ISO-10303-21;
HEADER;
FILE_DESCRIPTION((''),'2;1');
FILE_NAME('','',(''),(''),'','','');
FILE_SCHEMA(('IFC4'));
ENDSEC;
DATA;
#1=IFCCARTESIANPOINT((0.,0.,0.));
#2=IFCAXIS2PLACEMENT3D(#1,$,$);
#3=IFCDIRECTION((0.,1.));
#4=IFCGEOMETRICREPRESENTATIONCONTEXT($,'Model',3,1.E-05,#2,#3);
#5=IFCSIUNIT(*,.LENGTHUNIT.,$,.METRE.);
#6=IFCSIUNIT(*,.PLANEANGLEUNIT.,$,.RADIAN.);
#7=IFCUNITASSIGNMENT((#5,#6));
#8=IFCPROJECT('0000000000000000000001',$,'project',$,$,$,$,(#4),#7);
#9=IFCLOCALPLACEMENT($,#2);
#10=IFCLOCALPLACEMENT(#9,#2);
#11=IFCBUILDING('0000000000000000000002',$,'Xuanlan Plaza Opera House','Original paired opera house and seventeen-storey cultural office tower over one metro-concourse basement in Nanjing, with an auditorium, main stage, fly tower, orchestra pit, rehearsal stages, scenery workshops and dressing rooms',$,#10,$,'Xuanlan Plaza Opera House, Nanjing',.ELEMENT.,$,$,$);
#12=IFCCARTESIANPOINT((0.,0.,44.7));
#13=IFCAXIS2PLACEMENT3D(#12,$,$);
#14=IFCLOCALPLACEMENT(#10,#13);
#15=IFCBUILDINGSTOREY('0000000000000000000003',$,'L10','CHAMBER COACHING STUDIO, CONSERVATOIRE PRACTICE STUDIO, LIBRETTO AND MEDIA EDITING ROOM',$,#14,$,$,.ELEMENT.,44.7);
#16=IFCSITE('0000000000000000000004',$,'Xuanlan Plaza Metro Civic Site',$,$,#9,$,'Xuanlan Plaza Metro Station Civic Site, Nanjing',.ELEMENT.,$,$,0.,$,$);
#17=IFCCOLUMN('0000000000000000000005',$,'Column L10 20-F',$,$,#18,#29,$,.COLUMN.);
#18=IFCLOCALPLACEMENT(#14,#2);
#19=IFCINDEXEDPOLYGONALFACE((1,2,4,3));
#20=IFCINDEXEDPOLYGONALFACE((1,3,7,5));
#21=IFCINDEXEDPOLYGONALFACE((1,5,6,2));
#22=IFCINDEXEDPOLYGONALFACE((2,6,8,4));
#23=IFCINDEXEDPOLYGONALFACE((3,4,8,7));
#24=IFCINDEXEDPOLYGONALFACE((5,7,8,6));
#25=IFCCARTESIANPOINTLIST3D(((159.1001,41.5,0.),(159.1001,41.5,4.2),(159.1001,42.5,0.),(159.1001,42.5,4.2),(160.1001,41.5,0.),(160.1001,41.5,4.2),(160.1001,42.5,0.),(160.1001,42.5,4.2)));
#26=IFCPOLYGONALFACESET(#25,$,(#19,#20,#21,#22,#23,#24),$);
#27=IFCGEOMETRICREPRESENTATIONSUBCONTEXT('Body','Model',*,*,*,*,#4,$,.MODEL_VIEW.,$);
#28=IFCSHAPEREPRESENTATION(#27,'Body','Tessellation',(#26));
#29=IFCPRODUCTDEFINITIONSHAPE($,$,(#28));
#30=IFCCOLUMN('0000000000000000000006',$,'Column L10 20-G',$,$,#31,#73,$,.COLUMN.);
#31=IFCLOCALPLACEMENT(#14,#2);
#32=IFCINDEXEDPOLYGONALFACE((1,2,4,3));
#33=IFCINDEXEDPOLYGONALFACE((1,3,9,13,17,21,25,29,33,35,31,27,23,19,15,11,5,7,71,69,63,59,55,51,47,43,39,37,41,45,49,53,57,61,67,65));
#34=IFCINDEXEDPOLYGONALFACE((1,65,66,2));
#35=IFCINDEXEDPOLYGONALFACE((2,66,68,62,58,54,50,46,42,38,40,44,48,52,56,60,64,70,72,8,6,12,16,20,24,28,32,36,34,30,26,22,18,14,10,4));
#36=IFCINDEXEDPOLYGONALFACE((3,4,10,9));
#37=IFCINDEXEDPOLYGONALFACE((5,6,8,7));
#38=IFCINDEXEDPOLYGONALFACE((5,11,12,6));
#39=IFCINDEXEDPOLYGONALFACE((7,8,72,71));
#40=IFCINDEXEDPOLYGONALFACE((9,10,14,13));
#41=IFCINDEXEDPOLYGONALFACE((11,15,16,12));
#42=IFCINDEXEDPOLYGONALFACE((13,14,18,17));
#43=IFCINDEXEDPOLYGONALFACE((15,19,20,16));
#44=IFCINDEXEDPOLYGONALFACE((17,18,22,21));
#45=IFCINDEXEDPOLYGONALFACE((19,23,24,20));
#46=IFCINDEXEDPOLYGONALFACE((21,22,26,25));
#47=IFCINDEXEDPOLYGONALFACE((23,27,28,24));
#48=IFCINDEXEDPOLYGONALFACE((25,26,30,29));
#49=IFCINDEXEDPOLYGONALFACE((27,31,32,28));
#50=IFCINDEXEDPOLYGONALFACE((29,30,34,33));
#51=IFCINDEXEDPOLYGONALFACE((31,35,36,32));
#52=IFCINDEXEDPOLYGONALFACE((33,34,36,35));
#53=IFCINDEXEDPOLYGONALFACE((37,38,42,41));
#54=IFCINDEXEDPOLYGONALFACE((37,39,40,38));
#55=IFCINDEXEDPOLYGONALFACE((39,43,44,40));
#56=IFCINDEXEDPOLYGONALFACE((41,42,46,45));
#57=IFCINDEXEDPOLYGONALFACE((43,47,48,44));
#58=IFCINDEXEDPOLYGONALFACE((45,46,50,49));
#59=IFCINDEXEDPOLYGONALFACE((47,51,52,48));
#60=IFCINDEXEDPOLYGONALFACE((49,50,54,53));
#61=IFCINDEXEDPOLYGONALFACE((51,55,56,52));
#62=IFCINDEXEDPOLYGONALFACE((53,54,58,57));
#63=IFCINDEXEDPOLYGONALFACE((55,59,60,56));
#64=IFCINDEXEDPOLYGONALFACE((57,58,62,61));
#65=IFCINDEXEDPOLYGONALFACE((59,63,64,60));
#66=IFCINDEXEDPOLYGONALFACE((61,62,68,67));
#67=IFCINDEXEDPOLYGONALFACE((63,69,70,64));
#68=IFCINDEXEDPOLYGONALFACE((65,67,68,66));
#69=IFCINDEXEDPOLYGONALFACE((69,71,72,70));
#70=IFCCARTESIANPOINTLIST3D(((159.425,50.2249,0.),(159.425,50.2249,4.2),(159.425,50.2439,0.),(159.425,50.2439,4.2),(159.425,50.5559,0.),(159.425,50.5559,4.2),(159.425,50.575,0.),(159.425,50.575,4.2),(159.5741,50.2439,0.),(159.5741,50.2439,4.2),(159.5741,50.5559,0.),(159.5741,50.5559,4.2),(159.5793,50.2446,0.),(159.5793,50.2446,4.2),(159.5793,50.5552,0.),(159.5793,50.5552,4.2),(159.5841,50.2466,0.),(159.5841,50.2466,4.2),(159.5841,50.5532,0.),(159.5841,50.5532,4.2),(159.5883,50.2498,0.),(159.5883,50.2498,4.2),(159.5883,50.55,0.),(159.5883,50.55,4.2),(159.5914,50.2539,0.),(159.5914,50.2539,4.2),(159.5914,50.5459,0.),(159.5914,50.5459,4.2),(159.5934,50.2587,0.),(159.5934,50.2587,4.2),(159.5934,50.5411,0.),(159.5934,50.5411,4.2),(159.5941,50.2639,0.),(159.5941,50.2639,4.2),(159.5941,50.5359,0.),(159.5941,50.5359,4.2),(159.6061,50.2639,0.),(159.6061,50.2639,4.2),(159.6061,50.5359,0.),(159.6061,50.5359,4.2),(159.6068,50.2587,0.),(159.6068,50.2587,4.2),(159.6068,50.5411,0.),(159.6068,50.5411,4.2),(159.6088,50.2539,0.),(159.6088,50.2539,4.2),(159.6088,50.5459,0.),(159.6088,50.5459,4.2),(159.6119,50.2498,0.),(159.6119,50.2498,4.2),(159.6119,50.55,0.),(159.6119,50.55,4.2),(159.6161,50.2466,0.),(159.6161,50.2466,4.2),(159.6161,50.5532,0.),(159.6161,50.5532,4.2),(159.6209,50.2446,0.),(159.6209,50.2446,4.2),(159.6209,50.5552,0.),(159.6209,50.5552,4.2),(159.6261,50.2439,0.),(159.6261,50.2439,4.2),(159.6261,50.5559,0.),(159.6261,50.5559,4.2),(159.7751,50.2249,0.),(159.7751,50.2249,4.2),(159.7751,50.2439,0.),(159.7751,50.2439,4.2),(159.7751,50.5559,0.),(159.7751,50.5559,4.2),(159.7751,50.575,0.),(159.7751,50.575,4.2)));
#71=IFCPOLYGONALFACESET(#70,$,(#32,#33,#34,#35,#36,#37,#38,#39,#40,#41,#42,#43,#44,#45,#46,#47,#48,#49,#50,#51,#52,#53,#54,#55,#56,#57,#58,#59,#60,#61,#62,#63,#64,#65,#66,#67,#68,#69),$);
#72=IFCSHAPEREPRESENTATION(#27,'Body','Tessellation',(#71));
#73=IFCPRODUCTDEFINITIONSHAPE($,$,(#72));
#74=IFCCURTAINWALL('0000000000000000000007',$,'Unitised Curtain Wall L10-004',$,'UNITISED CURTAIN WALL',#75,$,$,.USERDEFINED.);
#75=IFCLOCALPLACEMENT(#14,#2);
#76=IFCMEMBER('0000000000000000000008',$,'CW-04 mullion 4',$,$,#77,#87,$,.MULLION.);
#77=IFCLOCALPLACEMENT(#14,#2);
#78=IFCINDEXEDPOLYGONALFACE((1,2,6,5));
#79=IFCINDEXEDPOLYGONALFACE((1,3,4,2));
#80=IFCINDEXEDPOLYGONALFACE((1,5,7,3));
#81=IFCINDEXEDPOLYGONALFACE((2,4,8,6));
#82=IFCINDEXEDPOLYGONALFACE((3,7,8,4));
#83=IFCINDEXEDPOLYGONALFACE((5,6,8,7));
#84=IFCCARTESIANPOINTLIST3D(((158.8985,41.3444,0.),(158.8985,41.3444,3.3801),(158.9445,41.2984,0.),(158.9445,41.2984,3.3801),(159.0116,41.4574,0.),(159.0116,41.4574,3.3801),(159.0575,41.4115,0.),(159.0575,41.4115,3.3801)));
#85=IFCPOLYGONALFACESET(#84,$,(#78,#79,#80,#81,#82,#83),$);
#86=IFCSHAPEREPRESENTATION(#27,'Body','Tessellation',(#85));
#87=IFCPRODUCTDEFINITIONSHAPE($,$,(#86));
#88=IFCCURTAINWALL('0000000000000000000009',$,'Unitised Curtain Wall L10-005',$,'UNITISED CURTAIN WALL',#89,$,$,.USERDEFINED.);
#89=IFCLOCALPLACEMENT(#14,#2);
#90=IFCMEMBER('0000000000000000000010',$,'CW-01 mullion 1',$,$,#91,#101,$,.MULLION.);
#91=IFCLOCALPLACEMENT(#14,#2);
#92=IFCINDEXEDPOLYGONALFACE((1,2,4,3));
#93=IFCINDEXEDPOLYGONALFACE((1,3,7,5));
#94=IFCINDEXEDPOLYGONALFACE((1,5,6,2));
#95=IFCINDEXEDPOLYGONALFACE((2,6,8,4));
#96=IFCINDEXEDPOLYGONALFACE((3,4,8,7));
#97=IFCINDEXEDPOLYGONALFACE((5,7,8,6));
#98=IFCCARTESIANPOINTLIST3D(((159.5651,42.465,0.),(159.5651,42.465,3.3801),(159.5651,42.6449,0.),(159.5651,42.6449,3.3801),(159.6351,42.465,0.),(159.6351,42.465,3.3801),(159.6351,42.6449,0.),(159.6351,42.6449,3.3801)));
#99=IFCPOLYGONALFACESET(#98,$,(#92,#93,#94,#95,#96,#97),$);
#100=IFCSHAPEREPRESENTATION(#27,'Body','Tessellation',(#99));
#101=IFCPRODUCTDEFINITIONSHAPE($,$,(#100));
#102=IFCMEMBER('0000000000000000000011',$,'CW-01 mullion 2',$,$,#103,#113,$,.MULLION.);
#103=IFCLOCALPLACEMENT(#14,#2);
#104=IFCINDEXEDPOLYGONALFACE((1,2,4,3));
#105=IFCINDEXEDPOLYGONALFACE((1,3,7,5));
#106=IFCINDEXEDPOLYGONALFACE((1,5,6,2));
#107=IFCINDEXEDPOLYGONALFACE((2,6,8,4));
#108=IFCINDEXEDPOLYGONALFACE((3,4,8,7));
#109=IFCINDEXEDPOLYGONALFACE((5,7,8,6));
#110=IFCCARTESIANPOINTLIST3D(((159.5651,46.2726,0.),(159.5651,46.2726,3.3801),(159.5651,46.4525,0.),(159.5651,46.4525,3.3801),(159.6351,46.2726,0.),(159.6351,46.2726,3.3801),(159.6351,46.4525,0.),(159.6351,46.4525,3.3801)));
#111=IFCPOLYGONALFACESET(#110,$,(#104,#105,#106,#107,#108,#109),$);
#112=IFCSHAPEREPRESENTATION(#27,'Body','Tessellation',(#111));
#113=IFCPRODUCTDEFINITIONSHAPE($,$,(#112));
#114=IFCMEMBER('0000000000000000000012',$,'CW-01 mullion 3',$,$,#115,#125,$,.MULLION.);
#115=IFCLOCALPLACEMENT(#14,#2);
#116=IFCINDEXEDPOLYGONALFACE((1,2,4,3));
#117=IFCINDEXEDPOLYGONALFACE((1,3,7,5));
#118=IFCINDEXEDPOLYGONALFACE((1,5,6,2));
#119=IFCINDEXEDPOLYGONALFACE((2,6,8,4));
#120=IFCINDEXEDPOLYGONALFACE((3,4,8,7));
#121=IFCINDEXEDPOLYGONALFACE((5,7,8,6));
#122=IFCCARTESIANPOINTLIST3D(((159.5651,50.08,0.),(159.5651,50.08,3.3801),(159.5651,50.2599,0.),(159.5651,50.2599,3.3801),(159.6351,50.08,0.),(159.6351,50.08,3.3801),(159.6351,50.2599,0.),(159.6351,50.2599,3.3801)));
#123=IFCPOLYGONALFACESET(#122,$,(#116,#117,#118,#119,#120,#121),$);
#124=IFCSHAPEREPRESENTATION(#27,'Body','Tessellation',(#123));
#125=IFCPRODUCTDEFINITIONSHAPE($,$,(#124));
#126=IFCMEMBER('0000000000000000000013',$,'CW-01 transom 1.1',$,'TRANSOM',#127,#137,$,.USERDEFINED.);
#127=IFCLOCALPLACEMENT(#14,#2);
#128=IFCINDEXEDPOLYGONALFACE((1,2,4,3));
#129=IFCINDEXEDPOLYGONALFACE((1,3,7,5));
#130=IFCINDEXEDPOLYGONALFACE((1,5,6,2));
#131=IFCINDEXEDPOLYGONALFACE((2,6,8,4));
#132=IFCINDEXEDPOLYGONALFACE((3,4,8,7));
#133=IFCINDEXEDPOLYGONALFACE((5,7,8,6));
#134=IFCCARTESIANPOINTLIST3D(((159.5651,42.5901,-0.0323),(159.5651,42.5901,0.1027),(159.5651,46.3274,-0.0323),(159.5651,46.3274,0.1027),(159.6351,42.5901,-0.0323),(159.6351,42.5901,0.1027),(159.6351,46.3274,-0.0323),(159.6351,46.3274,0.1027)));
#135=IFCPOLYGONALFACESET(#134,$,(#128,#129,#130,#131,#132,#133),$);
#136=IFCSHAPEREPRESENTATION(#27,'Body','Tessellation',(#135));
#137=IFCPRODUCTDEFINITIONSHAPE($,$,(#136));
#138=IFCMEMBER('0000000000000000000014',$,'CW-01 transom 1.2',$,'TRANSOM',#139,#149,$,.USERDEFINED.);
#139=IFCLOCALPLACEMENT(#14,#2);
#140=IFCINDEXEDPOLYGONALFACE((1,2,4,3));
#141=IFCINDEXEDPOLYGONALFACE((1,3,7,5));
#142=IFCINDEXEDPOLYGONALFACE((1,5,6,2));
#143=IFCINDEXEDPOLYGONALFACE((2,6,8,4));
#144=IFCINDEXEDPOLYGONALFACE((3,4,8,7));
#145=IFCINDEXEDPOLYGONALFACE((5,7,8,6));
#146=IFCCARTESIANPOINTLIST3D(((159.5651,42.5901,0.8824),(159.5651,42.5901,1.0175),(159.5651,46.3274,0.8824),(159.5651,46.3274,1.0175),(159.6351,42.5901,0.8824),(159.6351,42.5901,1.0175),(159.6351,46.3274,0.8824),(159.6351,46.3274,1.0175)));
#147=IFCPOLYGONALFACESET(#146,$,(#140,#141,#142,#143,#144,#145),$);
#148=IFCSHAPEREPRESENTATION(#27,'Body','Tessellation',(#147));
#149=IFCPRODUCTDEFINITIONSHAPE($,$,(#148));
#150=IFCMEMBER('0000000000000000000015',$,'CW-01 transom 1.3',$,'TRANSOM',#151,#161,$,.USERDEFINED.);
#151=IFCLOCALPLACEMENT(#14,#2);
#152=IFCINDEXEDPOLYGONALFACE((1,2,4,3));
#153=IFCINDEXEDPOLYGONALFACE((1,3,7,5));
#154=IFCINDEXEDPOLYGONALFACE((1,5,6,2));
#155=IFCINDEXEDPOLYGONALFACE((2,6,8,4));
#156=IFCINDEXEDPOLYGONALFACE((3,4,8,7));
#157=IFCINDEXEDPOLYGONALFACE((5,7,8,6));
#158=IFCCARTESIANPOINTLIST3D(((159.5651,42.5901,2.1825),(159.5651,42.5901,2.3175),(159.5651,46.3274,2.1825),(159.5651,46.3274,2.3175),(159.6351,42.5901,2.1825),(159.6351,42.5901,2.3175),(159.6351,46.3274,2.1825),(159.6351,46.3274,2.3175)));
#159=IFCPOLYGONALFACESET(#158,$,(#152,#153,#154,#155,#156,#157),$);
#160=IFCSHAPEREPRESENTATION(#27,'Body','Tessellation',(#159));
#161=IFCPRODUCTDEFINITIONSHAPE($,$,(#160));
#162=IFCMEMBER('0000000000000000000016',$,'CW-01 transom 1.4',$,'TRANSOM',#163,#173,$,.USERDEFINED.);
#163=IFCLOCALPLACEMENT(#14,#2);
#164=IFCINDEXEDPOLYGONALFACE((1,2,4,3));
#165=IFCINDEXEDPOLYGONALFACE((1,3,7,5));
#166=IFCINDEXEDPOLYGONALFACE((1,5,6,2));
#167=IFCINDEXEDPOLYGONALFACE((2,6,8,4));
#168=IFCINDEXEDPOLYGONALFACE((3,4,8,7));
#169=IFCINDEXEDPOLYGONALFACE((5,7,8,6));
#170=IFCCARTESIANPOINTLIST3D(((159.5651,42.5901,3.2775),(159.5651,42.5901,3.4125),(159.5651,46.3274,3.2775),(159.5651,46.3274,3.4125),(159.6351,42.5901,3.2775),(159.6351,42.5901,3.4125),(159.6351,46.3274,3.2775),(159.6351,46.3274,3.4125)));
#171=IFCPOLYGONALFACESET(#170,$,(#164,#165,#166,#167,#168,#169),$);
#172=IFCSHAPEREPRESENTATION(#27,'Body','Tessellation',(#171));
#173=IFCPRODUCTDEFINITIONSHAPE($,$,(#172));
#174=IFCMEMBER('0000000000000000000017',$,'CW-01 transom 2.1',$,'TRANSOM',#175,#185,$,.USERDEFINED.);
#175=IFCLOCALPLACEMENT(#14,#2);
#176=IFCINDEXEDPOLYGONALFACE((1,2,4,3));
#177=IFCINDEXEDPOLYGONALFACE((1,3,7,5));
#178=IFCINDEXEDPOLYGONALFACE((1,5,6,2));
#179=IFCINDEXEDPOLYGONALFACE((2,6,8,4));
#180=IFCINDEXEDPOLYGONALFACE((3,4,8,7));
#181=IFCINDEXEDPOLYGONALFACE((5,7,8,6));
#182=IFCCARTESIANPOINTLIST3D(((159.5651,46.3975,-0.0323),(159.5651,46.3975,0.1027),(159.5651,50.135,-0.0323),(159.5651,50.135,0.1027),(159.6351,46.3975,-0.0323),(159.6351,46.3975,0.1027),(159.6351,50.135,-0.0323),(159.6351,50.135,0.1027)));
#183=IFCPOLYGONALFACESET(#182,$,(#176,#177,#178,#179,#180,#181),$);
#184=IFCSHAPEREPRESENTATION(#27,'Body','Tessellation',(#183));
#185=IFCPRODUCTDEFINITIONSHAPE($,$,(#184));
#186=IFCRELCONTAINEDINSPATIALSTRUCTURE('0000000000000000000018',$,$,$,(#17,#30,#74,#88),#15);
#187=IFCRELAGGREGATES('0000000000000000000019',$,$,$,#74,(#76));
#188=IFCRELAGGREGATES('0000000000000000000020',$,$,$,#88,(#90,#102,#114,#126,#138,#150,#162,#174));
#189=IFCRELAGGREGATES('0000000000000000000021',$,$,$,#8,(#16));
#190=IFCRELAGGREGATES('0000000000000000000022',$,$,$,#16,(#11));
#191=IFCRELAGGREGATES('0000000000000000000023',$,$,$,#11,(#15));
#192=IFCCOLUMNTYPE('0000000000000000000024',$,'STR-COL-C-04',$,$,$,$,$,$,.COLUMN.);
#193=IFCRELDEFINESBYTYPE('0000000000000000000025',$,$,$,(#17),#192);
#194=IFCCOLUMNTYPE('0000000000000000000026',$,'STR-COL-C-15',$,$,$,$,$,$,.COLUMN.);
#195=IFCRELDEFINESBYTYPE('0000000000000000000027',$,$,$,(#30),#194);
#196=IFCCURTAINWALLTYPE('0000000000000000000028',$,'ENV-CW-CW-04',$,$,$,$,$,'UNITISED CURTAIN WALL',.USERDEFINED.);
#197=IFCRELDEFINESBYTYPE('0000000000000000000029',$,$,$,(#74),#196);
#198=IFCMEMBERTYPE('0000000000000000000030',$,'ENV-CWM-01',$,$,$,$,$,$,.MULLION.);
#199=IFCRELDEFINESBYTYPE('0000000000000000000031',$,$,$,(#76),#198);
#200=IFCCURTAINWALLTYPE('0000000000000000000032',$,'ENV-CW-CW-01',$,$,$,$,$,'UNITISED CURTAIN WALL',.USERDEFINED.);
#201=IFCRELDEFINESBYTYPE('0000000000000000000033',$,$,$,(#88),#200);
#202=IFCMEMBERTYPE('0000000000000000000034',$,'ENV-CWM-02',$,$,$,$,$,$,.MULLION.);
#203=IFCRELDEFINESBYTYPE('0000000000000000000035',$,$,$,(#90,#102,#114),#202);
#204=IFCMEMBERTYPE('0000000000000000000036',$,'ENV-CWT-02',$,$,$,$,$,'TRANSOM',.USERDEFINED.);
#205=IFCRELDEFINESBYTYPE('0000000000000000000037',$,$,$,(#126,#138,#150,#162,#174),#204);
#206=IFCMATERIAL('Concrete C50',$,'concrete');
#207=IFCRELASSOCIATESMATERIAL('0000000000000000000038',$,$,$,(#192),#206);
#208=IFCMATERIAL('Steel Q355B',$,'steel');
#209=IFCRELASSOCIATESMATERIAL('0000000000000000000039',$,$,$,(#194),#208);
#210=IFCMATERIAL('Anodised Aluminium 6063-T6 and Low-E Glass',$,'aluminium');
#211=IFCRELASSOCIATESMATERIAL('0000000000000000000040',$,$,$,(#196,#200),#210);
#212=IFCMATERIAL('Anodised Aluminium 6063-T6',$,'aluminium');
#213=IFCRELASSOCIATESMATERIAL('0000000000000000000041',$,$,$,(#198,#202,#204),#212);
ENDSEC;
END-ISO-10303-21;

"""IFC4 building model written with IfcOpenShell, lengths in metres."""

from ifc_helpers import new_model, si_unit, direction, frame, origin, origin_2d, place, context, subcontext, project, spatial, rectangle, i_section, extrude, material, material_profile, profile_set, type_object, element, aggregate, save


model = new_model("IFC4")

# Units and contexts
model_context = context("Model", 3, precision=1e-05, world=origin(), true_north=direction((0.0, 1.0)))
body_context = subcontext(model_context, "Body", "Model", "MODEL_VIEW")
ifc_project = project(units=[si_unit("LENGTHUNIT", "METRE"), si_unit("PLANEANGLEUNIT", "RADIAN")], contexts=[model_context])

# Site, building, storey
site_placement = place(None, origin())
site = spatial("IfcSite", under=ifc_project, at=site_placement, Name="Xuanlan Plaza Metro Civic Site", LongName="Xuanlan Plaza Metro Station Civic Site, Nanjing", CompositionType="ELEMENT", RefElevation=0.0)
building_placement = place(site_placement, origin())
building = spatial("IfcBuilding", under=site, at=building_placement, Name="Xuanlan Plaza Opera House", Description="Original paired opera house and seventeen-storey cultural office tower over one metro-concourse basement in Nanjing, with an auditorium, main stage, fly tower, orchestra pit, rehearsal stages, scenery workshops and dressing rooms", LongName="Xuanlan Plaza Opera House, Nanjing", CompositionType="ELEMENT")
storey_placement = place(building_placement, frame((0.0, 0.0, 44.7)))
storey = spatial("IfcBuildingStorey", under=building, at=storey_placement, Name="L10", Description="CHAMBER COACHING STUDIO, CONSERVATOIRE PRACTICE STUDIO, LIBRETTO AND MEDIA EDITING ROOM", CompositionType="ELEMENT", Elevation=44.7)

# Columns
ifc_material_1 = material(Name="Concrete C50", Category="concrete")
ifc_material_profile_1 = material_profile(ifc_material_1, rectangle(XDim=1.0, YDim=1.0, at=origin_2d()), Name="RC-COL 1000x1000")
ifc_profile_set_1 = profile_set([ifc_material_profile_1], Name="Concrete C50")
column_type_1 = type_object("IfcColumnType", Name="STR-COL-C-04", PredefinedType="COLUMN", material=ifc_profile_set_1)
column_1_placement = place(storey_placement, frame((159.6001, 42.0, 0.0), z_axis=(0.0, 0.0, 1.0), x_axis=(1.0, 0.0, 0.0)))
element("IfcColumn", 1, at=column_1_placement, inside=storey, type_object=column_type_1, Name="Column L10 20-F", PredefinedType="COLUMN", context=body_context, shape_type="SweptSolid", body=[
    extrude(rectangle(XDim=1.0, YDim=1.0, at=origin_2d()), origin(), (0.0, 0.0, 1.0), 4.2),
])
ifc_material_2 = material(Name="Steel Q355B", Category="steel")
ifc_material_profile_2 = material_profile(ifc_material_2, i_section(OverallWidth=0.3501, OverallDepth=0.3501, WebThickness=0.012, FlangeThickness=0.019, FilletRadius=0.02, at=origin_2d()), Name="HW 350x350x12x19")
ifc_profile_set_2 = profile_set([ifc_material_profile_2], Name="Steel Q355B")
column_type_2 = type_object("IfcColumnType", Name="STR-COL-C-15", PredefinedType="COLUMN", material=ifc_profile_set_2)
column_2_placement = place(storey_placement, frame((159.6001, 50.3999, 0.0), z_axis=(0.0, 0.0, 1.0), x_axis=(1.0, 0.0, 0.0)))
element("IfcColumn", 2, at=column_2_placement, inside=storey, type_object=column_type_2, Name="Column L10 20-G", PredefinedType="COLUMN", context=body_context, shape_type="SweptSolid", body=[
    extrude(i_section(OverallWidth=0.3501, OverallDepth=0.3501, WebThickness=0.012, FlangeThickness=0.019, FilletRadius=0.02, at=origin_2d()), origin(), (0.0, 0.0, 1.0), 4.2),
])

# Curtain wall, member
ifc_material_3 = material(Name="Anodised Aluminium 6063-T6 and Low-E Glass", Category="aluminium")
curtain_wall_type_1 = type_object("IfcCurtainWallType", Name="ENV-CW-CW-04", ElementType="UNITISED CURTAIN WALL", PredefinedType="USERDEFINED", material=ifc_material_3)
curtain_wall_1_placement = place(storey_placement, origin())
curtain_wall_1 = element("IfcCurtainWall", 3, at=curtain_wall_1_placement, inside=storey, type_object=curtain_wall_type_1, Name="Unitised Curtain Wall L10-004", ObjectType="UNITISED CURTAIN WALL", PredefinedType="USERDEFINED")
ifc_material_4 = material(Name="Anodised Aluminium 6063-T6", Category="aluminium")
ifc_material_profile_3 = material_profile(ifc_material_4, rectangle(XDim=0.0649, YDim=0.1599, at=origin_2d()), Name="ALU-M 65x160")
ifc_profile_set_3 = profile_set([ifc_material_profile_3], Name="Anodised Aluminium 6063-T6")
member_type_1 = type_object("IfcMemberType", Name="ENV-CWM-01", PredefinedType="MULLION", material=ifc_profile_set_3)
member_1_placement = place(storey_placement, frame((158.978, 41.3779, 0.0), z_axis=(0.0, 0.0, 1.0), x_axis=(-0.707107, 0.707107, 0.0)))
member_1 = element("IfcMember", 4, at=member_1_placement, type_object=member_type_1, Name="CW-04 mullion 4", PredefinedType="MULLION", context=body_context, shape_type="SweptSolid", body=[
    extrude(rectangle(XDim=0.0649, YDim=0.1599, at=origin_2d()), origin(), (0.0, 0.0, 1.0), 3.3801),
])
aggregate(curtain_wall_1, [member_1])

# Curtain wall, members
curtain_wall_type_2 = type_object("IfcCurtainWallType", Name="ENV-CW-CW-01", ElementType="UNITISED CURTAIN WALL", PredefinedType="USERDEFINED", material=ifc_material_3)
curtain_wall_2_placement = place(storey_placement, origin())
curtain_wall_2 = element("IfcCurtainWall", 5, at=curtain_wall_2_placement, inside=storey, type_object=curtain_wall_type_2, Name="Unitised Curtain Wall L10-005", ObjectType="UNITISED CURTAIN WALL", PredefinedType="USERDEFINED")
ifc_material_profile_4 = material_profile(ifc_material_4, rectangle(XDim=0.0701, YDim=0.1799, at=origin_2d()), Name="ALU-M 70x180")
ifc_profile_set_4 = profile_set([ifc_material_profile_4], Name="Anodised Aluminium 6063-T6")
member_type_2 = type_object("IfcMemberType", Name="ENV-CWM-02", PredefinedType="MULLION", material=ifc_profile_set_4)
member_2_placement = place(storey_placement, frame((159.6001, 42.5549, 0.0), z_axis=(0.0, 0.0, 1.0), x_axis=(-1.0, 0.0, 0.0)))
member_2 = element("IfcMember", 6, at=member_2_placement, type_object=member_type_2, Name="CW-01 mullion 1", PredefinedType="MULLION", context=body_context, shape_type="SweptSolid", body=[
    extrude(rectangle(XDim=0.0701, YDim=0.1799, at=origin_2d()), origin(), (0.0, 0.0, 1.0), 3.3801),
])
member_3_placement = place(storey_placement, frame((159.6001, 46.3625, 0.0), z_axis=(0.0, 0.0, 1.0), x_axis=(-1.0, 0.0, 0.0)))
member_3 = element("IfcMember", 7, at=member_3_placement, type_object=member_type_2, Name="CW-01 mullion 2", PredefinedType="MULLION", context=body_context, shape_type="SweptSolid", body=[
    extrude(rectangle(XDim=0.0701, YDim=0.1799, at=origin_2d()), origin(), (0.0, 0.0, 1.0), 3.3801),
])
member_4_placement = place(storey_placement, frame((159.6001, 50.1699, 0.0), z_axis=(0.0, 0.0, 1.0), x_axis=(-1.0, 0.0, 0.0)))
member_4 = element("IfcMember", 8, at=member_4_placement, type_object=member_type_2, Name="CW-01 mullion 3", PredefinedType="MULLION", context=body_context, shape_type="SweptSolid", body=[
    extrude(rectangle(XDim=0.0701, YDim=0.1799, at=origin_2d()), origin(), (0.0, 0.0, 1.0), 3.3801),
])
ifc_material_profile_5 = material_profile(ifc_material_4, rectangle(XDim=0.0701, YDim=0.135, at=origin_2d()), Name="ALU-T 70x135")
ifc_profile_set_5 = profile_set([ifc_material_profile_5], Name="Anodised Aluminium 6063-T6")
member_type_3 = type_object("IfcMemberType", Name="ENV-CWT-02", ElementType="TRANSOM", PredefinedType="USERDEFINED", material=ifc_profile_set_5)
member_5_placement = place(storey_placement, frame((159.6001, 42.5901, 0.0352), z_axis=(0.0, 1.0, 0.0), x_axis=(-1.0, 0.0, 0.0)))
member_5 = element("IfcMember", 9, at=member_5_placement, type_object=member_type_3, Name="CW-01 transom 1.1", ObjectType="TRANSOM", PredefinedType="USERDEFINED", context=body_context, shape_type="SweptSolid", body=[
    extrude(rectangle(XDim=0.0701, YDim=0.135, at=origin_2d()), origin(), (0.0, 0.0, 1.0), 3.7373),
])
member_6_placement = place(storey_placement, frame((159.6001, 42.5901, 0.95), z_axis=(0.0, 1.0, 0.0), x_axis=(-1.0, 0.0, 0.0)))
member_6 = element("IfcMember", 10, at=member_6_placement, type_object=member_type_3, Name="CW-01 transom 1.2", ObjectType="TRANSOM", PredefinedType="USERDEFINED", context=body_context, shape_type="SweptSolid", body=[
    extrude(rectangle(XDim=0.0701, YDim=0.135, at=origin_2d()), origin(), (0.0, 0.0, 1.0), 3.7373),
])
member_7_placement = place(storey_placement, frame((159.6001, 42.5901, 2.25), z_axis=(0.0, 1.0, 0.0), x_axis=(-1.0, 0.0, 0.0)))
member_7 = element("IfcMember", 11, at=member_7_placement, type_object=member_type_3, Name="CW-01 transom 1.3", ObjectType="TRANSOM", PredefinedType="USERDEFINED", context=body_context, shape_type="SweptSolid", body=[
    extrude(rectangle(XDim=0.0701, YDim=0.135, at=origin_2d()), origin(), (0.0, 0.0, 1.0), 3.7373),
])
member_8_placement = place(storey_placement, frame((159.6001, 42.5901, 3.345), z_axis=(0.0, 1.0, 0.0), x_axis=(-1.0, 0.0, 0.0)))
member_8 = element("IfcMember", 12, at=member_8_placement, type_object=member_type_3, Name="CW-01 transom 1.4", ObjectType="TRANSOM", PredefinedType="USERDEFINED", context=body_context, shape_type="SweptSolid", body=[
    extrude(rectangle(XDim=0.0701, YDim=0.135, at=origin_2d()), origin(), (0.0, 0.0, 1.0), 3.7373),
])
member_9_placement = place(storey_placement, frame((159.6001, 46.3975, 0.0352), z_axis=(0.0, 1.0, 0.0), x_axis=(-1.0, 0.0, 0.0)))
member_9 = element("IfcMember", 13, at=member_9_placement, type_object=member_type_3, Name="CW-01 transom 2.1", ObjectType="TRANSOM", PredefinedType="USERDEFINED", context=body_context, shape_type="SweptSolid", body=[
    extrude(rectangle(XDim=0.0701, YDim=0.135, at=origin_2d()), origin(), (0.0, 0.0, 1.0), 3.7375),
])

aggregate(curtain_wall_2, [member_2, member_3, member_4, member_5, member_6, member_7, member_8, member_9])

save(model, "model.ifc")
